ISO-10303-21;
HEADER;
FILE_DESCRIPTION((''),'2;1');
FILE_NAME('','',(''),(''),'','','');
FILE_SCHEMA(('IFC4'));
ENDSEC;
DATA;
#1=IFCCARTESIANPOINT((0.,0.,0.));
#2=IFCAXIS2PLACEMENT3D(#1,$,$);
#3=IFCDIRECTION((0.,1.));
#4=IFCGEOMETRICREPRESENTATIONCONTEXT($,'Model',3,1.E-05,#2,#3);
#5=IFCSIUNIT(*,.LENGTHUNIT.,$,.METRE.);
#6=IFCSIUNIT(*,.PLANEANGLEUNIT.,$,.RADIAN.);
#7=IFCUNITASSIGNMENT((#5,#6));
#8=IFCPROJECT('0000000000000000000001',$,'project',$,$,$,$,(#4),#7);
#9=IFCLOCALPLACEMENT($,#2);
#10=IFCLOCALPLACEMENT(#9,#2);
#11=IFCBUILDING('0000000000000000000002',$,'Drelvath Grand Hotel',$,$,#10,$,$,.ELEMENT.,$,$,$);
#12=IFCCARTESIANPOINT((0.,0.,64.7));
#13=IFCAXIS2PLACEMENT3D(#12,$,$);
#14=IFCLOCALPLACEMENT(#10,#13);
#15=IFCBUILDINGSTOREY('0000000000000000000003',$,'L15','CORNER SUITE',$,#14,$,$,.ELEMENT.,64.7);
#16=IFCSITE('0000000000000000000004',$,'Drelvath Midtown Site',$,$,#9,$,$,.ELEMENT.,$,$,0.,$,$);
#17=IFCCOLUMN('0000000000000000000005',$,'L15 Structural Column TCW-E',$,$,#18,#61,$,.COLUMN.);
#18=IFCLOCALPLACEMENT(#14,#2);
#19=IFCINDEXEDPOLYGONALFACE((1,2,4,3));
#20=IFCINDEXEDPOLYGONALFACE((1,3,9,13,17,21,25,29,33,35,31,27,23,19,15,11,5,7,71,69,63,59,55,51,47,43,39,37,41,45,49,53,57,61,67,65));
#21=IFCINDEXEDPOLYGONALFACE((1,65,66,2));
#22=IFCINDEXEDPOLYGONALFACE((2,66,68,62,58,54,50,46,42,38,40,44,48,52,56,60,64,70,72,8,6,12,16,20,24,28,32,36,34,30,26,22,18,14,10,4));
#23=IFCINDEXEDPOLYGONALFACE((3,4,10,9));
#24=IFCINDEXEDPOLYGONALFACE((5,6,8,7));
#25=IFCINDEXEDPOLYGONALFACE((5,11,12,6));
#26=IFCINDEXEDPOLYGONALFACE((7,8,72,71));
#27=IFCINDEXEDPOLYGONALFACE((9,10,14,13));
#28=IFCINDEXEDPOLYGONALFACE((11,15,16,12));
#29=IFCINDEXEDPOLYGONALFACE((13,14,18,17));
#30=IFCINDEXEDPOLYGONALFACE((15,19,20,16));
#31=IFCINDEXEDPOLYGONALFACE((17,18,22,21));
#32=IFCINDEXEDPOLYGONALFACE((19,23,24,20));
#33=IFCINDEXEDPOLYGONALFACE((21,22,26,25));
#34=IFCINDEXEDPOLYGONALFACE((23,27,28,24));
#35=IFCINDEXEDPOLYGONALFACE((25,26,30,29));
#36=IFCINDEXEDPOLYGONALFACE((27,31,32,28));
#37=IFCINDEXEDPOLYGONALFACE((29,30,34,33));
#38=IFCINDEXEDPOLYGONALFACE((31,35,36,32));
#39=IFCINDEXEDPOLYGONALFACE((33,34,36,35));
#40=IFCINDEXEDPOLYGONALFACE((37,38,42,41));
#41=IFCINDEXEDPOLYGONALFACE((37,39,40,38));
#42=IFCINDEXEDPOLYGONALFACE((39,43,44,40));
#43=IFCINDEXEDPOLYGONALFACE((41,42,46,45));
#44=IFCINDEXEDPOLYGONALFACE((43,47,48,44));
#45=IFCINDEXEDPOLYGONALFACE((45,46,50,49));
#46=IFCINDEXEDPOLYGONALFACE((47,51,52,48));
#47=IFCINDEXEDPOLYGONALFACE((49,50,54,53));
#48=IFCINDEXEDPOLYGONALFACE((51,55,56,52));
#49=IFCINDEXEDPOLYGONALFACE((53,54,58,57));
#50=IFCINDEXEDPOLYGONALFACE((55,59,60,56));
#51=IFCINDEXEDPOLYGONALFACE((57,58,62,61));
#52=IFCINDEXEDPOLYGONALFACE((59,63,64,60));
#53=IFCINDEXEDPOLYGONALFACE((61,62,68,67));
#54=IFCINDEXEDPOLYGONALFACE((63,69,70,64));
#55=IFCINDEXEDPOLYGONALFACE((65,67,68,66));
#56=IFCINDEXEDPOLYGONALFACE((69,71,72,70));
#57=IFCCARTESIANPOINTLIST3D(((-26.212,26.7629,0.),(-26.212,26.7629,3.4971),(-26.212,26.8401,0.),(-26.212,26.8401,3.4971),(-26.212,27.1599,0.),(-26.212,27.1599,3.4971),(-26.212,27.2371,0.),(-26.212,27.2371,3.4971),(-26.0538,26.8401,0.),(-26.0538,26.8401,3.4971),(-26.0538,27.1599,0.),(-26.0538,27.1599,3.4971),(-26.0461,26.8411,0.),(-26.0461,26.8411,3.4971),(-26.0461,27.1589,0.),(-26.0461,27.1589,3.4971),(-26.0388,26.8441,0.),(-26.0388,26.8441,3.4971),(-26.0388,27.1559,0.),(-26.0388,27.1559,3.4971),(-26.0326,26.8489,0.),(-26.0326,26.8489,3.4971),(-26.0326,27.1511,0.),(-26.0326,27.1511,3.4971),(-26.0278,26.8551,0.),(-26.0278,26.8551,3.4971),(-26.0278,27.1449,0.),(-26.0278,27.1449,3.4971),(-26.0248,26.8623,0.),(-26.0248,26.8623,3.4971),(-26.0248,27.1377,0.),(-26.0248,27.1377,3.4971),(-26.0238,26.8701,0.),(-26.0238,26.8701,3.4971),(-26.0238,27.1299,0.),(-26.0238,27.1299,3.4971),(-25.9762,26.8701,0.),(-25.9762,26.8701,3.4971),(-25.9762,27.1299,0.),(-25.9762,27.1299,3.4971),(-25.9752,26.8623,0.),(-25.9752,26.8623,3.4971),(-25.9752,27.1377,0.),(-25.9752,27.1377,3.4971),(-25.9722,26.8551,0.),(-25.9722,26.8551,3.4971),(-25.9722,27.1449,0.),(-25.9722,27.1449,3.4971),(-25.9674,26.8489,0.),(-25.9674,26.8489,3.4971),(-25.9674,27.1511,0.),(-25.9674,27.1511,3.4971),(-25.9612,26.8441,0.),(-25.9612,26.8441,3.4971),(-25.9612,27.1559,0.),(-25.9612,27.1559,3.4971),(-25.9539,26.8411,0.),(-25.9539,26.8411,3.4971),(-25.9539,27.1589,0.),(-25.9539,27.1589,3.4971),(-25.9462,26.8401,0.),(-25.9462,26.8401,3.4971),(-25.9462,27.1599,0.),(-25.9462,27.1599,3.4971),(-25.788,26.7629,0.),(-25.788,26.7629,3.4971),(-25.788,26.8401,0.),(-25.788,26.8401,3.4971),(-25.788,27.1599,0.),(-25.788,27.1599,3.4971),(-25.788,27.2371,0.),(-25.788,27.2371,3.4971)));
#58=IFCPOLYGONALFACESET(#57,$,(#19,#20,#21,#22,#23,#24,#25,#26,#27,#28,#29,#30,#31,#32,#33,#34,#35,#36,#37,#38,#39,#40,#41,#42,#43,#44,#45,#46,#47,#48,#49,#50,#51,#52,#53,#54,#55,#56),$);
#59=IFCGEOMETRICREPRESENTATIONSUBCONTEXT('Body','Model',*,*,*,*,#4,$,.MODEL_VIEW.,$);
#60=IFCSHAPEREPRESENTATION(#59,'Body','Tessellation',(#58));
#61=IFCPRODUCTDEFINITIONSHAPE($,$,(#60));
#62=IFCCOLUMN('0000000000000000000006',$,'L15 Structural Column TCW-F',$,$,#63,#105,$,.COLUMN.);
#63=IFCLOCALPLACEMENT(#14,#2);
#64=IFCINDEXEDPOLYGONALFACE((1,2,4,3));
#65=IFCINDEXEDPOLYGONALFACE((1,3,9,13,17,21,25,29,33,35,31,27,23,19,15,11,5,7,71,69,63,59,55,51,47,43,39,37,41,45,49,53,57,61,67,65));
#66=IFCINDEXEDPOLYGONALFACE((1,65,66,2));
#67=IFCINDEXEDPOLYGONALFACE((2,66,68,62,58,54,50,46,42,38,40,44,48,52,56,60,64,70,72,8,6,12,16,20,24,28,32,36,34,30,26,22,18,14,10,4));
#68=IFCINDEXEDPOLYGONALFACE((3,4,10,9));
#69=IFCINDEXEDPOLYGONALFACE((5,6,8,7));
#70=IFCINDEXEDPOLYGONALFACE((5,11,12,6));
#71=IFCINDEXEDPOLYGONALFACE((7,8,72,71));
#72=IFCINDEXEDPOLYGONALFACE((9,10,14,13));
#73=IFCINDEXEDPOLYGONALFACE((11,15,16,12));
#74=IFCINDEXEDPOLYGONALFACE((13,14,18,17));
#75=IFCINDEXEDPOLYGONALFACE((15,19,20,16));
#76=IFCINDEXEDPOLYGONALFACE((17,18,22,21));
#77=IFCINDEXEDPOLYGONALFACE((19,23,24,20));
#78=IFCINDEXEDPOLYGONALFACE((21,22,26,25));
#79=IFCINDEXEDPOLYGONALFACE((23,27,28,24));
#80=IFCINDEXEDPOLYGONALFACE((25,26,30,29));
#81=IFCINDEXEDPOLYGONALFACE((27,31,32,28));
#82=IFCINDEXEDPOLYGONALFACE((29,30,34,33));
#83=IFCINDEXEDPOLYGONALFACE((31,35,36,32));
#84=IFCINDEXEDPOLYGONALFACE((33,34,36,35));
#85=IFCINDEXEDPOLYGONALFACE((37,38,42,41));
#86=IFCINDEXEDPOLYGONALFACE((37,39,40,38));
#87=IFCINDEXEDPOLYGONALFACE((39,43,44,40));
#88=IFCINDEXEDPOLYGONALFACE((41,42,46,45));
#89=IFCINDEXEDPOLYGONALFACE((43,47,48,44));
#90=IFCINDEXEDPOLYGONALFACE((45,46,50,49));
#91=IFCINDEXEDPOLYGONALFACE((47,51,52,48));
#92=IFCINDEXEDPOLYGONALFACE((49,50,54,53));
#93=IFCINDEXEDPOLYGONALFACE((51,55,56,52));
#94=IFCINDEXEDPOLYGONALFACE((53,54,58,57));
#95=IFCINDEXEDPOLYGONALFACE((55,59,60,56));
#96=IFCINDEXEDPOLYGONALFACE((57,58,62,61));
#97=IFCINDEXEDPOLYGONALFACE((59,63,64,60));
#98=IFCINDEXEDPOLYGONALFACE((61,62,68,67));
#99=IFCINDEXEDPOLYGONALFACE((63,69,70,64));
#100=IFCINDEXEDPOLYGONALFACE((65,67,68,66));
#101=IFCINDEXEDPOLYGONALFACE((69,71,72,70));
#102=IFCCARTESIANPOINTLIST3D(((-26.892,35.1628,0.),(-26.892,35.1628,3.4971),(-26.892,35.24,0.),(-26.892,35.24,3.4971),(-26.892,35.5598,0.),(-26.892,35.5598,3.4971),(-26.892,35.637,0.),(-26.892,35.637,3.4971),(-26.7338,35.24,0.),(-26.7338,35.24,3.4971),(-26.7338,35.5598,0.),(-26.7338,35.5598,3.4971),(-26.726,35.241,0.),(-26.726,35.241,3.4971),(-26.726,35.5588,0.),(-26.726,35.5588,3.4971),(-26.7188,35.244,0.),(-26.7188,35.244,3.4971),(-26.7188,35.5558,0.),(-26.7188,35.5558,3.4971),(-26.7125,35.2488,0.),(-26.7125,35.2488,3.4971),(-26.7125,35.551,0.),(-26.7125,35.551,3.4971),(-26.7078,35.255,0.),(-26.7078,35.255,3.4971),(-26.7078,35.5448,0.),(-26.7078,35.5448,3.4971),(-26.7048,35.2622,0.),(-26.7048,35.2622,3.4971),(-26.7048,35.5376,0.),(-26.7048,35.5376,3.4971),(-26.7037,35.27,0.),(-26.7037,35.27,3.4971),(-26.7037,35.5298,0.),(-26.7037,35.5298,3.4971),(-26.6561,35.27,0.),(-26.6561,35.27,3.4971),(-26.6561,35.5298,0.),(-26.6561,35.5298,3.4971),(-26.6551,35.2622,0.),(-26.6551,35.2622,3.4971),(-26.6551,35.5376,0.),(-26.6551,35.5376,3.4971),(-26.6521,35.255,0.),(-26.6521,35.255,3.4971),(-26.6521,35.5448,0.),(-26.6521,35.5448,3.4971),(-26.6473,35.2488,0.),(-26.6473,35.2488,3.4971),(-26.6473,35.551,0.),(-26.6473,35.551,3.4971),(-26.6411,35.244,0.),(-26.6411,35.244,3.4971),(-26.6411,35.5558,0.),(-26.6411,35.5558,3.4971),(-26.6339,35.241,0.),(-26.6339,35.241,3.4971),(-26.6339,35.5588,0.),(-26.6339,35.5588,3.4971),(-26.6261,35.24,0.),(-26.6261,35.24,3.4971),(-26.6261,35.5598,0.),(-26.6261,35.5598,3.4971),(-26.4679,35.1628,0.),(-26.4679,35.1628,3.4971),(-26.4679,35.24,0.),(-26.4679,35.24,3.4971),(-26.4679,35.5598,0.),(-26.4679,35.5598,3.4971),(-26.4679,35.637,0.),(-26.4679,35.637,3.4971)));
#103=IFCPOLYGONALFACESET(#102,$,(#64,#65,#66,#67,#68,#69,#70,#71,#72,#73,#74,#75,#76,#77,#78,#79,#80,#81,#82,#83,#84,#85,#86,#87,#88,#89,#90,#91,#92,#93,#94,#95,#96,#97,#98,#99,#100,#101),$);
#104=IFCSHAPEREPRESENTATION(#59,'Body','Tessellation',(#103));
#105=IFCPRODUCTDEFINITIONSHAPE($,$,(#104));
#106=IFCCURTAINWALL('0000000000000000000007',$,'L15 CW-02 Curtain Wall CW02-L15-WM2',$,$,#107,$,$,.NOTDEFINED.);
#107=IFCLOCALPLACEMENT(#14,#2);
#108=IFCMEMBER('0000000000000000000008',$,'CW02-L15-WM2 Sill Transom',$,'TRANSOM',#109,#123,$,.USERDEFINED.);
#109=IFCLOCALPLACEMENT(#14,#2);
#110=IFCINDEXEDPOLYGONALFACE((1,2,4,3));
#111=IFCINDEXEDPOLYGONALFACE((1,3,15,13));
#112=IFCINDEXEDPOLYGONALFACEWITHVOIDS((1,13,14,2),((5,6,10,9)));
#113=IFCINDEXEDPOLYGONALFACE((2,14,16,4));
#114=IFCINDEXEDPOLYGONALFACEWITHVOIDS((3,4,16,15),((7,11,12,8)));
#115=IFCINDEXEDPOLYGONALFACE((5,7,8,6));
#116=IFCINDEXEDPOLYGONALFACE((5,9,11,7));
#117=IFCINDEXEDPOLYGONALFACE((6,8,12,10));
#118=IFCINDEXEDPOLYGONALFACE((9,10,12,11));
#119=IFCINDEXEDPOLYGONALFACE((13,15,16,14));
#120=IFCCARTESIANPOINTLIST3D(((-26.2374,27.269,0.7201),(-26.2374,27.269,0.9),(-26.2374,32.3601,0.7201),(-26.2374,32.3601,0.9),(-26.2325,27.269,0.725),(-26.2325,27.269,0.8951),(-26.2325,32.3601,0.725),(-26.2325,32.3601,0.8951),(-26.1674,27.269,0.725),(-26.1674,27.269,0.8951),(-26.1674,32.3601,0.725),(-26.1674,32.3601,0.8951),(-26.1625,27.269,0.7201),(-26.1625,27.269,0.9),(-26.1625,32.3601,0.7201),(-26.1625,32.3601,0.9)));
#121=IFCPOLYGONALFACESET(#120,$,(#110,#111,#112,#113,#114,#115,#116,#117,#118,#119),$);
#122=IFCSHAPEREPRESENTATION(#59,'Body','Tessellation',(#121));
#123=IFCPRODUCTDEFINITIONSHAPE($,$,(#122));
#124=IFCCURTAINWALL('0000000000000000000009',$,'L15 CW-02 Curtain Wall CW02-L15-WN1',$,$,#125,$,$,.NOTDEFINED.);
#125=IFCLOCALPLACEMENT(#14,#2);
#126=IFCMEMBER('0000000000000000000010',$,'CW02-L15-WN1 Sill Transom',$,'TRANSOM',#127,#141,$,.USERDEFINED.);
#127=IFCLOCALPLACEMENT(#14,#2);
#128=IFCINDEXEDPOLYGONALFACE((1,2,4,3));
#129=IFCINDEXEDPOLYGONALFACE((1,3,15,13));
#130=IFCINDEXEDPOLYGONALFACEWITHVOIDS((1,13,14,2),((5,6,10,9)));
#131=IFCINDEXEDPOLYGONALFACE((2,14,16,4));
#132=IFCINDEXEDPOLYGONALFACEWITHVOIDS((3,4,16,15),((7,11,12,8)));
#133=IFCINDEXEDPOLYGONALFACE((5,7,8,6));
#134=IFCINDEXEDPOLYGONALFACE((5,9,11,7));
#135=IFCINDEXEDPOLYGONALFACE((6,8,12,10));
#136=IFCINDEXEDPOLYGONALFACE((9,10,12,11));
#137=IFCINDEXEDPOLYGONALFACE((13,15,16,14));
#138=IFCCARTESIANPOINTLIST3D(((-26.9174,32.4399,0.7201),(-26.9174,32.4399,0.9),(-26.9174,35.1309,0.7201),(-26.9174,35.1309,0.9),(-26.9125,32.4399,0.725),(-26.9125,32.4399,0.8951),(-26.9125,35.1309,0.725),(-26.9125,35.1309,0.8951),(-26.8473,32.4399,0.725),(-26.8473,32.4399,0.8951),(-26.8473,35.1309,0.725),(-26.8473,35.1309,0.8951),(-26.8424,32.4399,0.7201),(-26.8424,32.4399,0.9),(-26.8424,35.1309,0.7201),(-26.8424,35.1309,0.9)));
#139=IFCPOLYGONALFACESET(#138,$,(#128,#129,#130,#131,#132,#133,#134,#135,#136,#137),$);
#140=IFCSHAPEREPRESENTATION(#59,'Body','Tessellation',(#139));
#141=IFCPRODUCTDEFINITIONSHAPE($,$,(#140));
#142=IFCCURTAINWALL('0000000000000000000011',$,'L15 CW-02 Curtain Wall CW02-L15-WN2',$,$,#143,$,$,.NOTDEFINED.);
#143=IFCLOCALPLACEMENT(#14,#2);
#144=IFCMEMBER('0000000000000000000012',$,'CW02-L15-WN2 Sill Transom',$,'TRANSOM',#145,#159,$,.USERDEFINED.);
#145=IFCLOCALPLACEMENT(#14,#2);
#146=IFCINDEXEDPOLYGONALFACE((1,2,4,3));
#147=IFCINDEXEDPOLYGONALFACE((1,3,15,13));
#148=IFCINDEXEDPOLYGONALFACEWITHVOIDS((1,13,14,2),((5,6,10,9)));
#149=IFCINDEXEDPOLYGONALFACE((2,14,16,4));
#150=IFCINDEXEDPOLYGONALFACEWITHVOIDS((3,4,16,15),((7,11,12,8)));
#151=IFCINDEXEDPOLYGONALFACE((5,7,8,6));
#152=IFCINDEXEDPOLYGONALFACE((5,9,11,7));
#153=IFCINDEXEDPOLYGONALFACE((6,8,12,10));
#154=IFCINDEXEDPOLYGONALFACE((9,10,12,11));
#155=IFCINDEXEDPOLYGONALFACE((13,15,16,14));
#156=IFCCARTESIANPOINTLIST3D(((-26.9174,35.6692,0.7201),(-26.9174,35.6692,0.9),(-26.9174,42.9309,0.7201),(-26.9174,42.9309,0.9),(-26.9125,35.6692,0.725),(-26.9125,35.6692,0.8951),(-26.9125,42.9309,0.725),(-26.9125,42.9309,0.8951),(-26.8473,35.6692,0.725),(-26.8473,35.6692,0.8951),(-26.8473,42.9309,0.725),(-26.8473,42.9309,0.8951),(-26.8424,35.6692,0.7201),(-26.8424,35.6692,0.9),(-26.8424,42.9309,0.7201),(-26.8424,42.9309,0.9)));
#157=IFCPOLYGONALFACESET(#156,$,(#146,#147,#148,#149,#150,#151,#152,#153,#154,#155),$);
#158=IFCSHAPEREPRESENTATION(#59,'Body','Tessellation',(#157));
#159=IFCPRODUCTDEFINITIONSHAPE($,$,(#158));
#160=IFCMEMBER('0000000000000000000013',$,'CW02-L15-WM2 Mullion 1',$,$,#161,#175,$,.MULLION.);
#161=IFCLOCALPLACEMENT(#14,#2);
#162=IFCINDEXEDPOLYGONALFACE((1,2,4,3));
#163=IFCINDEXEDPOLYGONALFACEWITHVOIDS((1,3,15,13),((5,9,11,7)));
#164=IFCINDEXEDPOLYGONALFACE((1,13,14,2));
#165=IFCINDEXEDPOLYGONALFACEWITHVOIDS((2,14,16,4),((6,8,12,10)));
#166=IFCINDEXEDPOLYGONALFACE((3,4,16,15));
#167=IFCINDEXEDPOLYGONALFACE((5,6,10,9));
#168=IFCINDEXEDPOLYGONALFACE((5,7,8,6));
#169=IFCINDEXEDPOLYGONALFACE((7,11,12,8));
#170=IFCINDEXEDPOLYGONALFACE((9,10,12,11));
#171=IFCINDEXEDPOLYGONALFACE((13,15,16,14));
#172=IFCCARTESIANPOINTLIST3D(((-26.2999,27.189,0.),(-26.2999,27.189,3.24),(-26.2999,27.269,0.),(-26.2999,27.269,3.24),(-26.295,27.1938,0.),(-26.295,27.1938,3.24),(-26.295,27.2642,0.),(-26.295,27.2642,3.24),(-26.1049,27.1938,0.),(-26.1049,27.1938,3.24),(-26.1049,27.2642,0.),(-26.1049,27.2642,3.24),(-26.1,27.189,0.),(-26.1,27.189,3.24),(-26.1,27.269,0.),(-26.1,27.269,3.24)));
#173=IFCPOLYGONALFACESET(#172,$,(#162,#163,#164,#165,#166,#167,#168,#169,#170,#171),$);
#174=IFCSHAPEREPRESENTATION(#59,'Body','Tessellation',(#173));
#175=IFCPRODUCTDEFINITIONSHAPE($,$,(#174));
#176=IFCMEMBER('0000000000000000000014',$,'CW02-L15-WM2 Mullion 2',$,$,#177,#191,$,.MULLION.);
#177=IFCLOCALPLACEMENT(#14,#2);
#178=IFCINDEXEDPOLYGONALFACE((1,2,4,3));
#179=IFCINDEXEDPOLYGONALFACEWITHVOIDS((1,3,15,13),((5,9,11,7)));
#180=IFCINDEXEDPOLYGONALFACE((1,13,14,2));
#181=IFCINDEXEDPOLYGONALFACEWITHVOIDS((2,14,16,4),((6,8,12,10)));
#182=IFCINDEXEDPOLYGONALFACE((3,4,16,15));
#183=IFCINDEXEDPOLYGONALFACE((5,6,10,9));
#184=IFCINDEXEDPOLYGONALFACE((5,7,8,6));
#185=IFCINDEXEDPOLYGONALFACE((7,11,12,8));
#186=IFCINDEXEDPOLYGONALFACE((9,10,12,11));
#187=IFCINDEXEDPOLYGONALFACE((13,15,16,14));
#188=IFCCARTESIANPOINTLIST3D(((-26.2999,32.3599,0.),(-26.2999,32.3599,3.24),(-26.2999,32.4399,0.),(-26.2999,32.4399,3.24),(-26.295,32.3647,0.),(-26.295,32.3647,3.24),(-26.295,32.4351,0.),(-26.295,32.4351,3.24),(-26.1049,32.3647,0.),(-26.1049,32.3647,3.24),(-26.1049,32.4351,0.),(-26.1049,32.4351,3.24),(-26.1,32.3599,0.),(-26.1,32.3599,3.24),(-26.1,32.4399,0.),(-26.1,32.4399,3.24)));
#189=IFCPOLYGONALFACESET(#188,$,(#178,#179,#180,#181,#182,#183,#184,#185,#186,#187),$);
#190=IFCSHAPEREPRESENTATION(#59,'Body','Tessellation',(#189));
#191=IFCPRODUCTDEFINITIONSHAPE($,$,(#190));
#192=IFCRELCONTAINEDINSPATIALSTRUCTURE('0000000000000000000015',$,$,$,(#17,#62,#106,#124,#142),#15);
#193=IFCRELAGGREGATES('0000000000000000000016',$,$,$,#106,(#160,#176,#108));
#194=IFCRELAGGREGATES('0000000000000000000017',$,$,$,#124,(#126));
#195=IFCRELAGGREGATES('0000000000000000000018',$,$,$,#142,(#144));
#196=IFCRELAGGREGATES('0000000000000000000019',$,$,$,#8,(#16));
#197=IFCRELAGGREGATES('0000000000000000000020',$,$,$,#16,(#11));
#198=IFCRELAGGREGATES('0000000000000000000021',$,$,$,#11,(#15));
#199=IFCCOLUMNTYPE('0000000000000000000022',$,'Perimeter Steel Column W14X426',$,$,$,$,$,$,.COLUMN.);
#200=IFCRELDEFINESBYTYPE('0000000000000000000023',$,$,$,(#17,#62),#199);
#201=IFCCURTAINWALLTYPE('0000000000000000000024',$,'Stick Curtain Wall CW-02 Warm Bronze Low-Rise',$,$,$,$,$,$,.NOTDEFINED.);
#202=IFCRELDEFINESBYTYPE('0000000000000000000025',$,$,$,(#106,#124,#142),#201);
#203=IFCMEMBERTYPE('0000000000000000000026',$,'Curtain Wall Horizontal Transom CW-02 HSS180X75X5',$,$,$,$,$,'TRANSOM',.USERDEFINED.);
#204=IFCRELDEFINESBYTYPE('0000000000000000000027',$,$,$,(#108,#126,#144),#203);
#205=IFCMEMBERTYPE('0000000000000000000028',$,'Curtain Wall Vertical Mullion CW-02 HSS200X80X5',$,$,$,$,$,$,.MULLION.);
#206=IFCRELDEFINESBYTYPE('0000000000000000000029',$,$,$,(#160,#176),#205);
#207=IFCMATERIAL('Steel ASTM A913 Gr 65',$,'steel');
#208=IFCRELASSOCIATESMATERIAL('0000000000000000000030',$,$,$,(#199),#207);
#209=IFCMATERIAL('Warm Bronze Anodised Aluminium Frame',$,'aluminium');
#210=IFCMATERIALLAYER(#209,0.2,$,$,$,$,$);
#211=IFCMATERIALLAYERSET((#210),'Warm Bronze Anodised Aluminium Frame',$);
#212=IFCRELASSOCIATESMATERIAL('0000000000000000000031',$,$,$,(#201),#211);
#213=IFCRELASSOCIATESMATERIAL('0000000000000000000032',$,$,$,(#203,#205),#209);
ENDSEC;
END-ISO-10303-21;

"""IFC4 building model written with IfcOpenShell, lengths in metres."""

from ifc_helpers import new_model, si_unit, direction, frame, origin, origin_2d, place, context, subcontext, project, spatial, hollow_rectangle, i_section, extrude, material, layer, layer_set, material_profile, profile_set, type_object, element, aggregate, save


model = new_model("IFC4")

# Units and contexts
model_context = context("Model", 3, precision=1e-05, world=origin(), true_north=direction((0.0, 1.0)))
body_context = subcontext(model_context, "Body", "Model", "MODEL_VIEW")
ifc_project = project(units=[si_unit("LENGTHUNIT", "METRE"), si_unit("PLANEANGLEUNIT", "RADIAN")], contexts=[model_context])

# Site, building, storey
site_placement = place(None, origin())
site = spatial("IfcSite", under=ifc_project, at=site_placement, Name="Drelvath Midtown Site", CompositionType="ELEMENT", RefElevation=0.0)
building_placement = place(site_placement, origin())
building = spatial("IfcBuilding", under=site, at=building_placement, Name="Drelvath Grand Hotel", CompositionType="ELEMENT")
storey_placement = place(building_placement, frame((0.0, 0.0, 64.7)))
storey = spatial("IfcBuildingStorey", under=building, at=storey_placement, Name="L15", Description="CORNER SUITE", CompositionType="ELEMENT", Elevation=64.7)

# Columns
ifc_material_1 = material(Name="Steel ASTM A913 Gr 65", Category="steel")
ifc_material_profile_1 = material_profile(ifc_material_1, i_section(OverallWidth=0.4241, OverallDepth=0.4741, WebThickness=0.0476, FlangeThickness=0.0771, FilletRadius=0.03, at=origin_2d()), Name="W14X426")
ifc_profile_set_1 = profile_set([ifc_material_profile_1], Name="Steel ASTM A913 Gr 65")
column_type = type_object("IfcColumnType", Name="Perimeter Steel Column W14X426", PredefinedType="COLUMN", material=ifc_profile_set_1)
for number, where, z_axis, x_axis, name in (
    (1, (-26.0, 27.0, 0.0), (0.0, 0.0, 1.0), (1.0, 0.0, 0.0), "L15 Structural Column TCW-E"),
    (2, (-26.6799, 35.3999, 0.0), (0.0, 0.0, 1.0), (1.0, 0.0, 0.0), "L15 Structural Column TCW-F"),
):
    element("IfcColumn", number, at=place(storey_placement, frame(where, z_axis=z_axis, x_axis=x_axis)), inside=storey, type_object=column_type, Name=name, PredefinedType="COLUMN", context=body_context, shape_type="SweptSolid", body=[
        extrude(i_section(OverallWidth=0.4241, OverallDepth=0.4741, WebThickness=0.0476, FlangeThickness=0.0771, FilletRadius=0.03, at=origin_2d()), origin(), (0.0, 0.0, 1.0), 3.4971),
    ])

# Curtain walls, members
ifc_material_2 = material(Name="Warm Bronze Anodised Aluminium Frame", Category="aluminium")
ifc_layer_1 = layer(ifc_material_2, 0.2)
ifc_layer_set_1 = layer_set([ifc_layer_1], Name="Warm Bronze Anodised Aluminium Frame")
curtain_wall_type = type_object("IfcCurtainWallType", Name="Stick Curtain Wall CW-02 Warm Bronze Low-Rise", PredefinedType="NOTDEFINED", material=ifc_layer_set_1)
curtain_wall_1_placement = place(storey_placement, origin())
curtain_wall_1 = element("IfcCurtainWall", 3, at=curtain_wall_1_placement, inside=storey, type_object=curtain_wall_type, Name="L15 CW-02 Curtain Wall CW02-L15-WM2", PredefinedType="NOTDEFINED")
ifc_material_profile_2 = material_profile(ifc_material_2, hollow_rectangle(XDim=0.075, YDim=0.1799, WallThickness=0.0049, at=origin_2d()), Name="HSS180X75X5")
ifc_profile_set_2 = profile_set([ifc_material_profile_2], Name="Warm Bronze Anodised Aluminium Frame")
member_type_1 = type_object("IfcMemberType", Name="Curtain Wall Horizontal Transom CW-02 HSS180X75X5", ElementType="TRANSOM", PredefinedType="USERDEFINED", material=ifc_profile_set_2)
member_1_placement = place(storey_placement, frame((-26.2, 27.269, 0.8101), z_axis=(0.0, 1.0, 0.0), x_axis=(-1.0, 0.0, 0.0)))
member_1 = element("IfcMember", 4, at=member_1_placement, type_object=member_type_1, Name="CW02-L15-WM2 Sill Transom", ObjectType="TRANSOM", PredefinedType="USERDEFINED", context=body_context, shape_type="SweptSolid", body=[
    extrude(hollow_rectangle(XDim=0.075, YDim=0.1799, WallThickness=0.0049, at=origin_2d()), origin(), (0.0, 0.0, 1.0), 5.0911),
])
curtain_wall_2_placement = place(storey_placement, origin())
curtain_wall_2 = element("IfcCurtainWall", 5, at=curtain_wall_2_placement, inside=storey, type_object=curtain_wall_type, Name="L15 CW-02 Curtain Wall CW02-L15-WN1", PredefinedType="NOTDEFINED")
member_2_placement = place(storey_placement, frame((-26.8799, 32.4399, 0.8101), z_axis=(0.0, 1.0, 0.0), x_axis=(-1.0, 0.0, 0.0)))
member_2 = element("IfcMember", 6, at=member_2_placement, type_object=member_type_1, Name="CW02-L15-WN1 Sill Transom", ObjectType="TRANSOM", PredefinedType="USERDEFINED", context=body_context, shape_type="SweptSolid", body=[
    extrude(hollow_rectangle(XDim=0.075, YDim=0.1799, WallThickness=0.0049, at=origin_2d()), origin(), (0.0, 0.0, 1.0), 2.6909),
])
curtain_wall_3_placement = place(storey_placement, origin())
curtain_wall_3 = element("IfcCurtainWall", 7, at=curtain_wall_3_placement, inside=storey, type_object=curtain_wall_type, Name="L15 CW-02 Curtain Wall CW02-L15-WN2", PredefinedType="NOTDEFINED")
member_3_placement = place(storey_placement, frame((-26.8799, 35.6692, 0.8101), z_axis=(0.0, 1.0, 0.0), x_axis=(-1.0, 0.0, 0.0)))
member_3 = element("IfcMember", 8, at=member_3_placement, type_object=member_type_1, Name="CW02-L15-WN2 Sill Transom", ObjectType="TRANSOM", PredefinedType="USERDEFINED", context=body_context, shape_type="SweptSolid", body=[
    extrude(hollow_rectangle(XDim=0.075, YDim=0.1799, WallThickness=0.0049, at=origin_2d()), origin(), (0.0, 0.0, 1.0), 7.2617),
])

# Members
ifc_material_profile_3 = material_profile(ifc_material_2, hollow_rectangle(XDim=0.0801, YDim=0.2, WallThickness=0.0049, at=origin_2d()), Name="HSS200X80X5")
ifc_profile_set_3 = profile_set([ifc_material_profile_3], Name="Warm Bronze Anodised Aluminium Frame")
member_type_2 = type_object("IfcMemberType", Name="Curtain Wall Vertical Mullion CW-02 HSS200X80X5", PredefinedType="MULLION", material=ifc_profile_set_3)
member_4_placement = place(storey_placement, frame((-26.2, 27.229, 0.0), z_axis=(0.0, 0.0, 1.0), x_axis=(0.0, 1.0, 0.0)))
member_4 = element("IfcMember", 9, at=member_4_placement, type_object=member_type_2, Name="CW02-L15-WM2 Mullion 1", PredefinedType="MULLION", context=body_context, shape_type="SweptSolid", body=[
    extrude(hollow_rectangle(XDim=0.0801, YDim=0.2, WallThickness=0.0049, at=origin_2d()), origin(), (0.0, 0.0, 1.0), 3.24),
])
member_5_placement = place(storey_placement, frame((-26.2, 32.3999, 0.0), z_axis=(0.0, 0.0, 1.0), x_axis=(0.0, 1.0, 0.0)))
member_5 = element("IfcMember", 10, at=member_5_placement, type_object=member_type_2, Name="CW02-L15-WM2 Mullion 2", PredefinedType="MULLION", context=body_context, shape_type="SweptSolid", body=[
    extrude(hollow_rectangle(XDim=0.0801, YDim=0.2, WallThickness=0.0049, at=origin_2d()), origin(), (0.0, 0.0, 1.0), 3.24),
])

aggregate(curtain_wall_1, [member_4, member_5, member_1])
aggregate(curtain_wall_2, [member_2])
aggregate(curtain_wall_3, [member_3])

save(model, "model.ifc")
